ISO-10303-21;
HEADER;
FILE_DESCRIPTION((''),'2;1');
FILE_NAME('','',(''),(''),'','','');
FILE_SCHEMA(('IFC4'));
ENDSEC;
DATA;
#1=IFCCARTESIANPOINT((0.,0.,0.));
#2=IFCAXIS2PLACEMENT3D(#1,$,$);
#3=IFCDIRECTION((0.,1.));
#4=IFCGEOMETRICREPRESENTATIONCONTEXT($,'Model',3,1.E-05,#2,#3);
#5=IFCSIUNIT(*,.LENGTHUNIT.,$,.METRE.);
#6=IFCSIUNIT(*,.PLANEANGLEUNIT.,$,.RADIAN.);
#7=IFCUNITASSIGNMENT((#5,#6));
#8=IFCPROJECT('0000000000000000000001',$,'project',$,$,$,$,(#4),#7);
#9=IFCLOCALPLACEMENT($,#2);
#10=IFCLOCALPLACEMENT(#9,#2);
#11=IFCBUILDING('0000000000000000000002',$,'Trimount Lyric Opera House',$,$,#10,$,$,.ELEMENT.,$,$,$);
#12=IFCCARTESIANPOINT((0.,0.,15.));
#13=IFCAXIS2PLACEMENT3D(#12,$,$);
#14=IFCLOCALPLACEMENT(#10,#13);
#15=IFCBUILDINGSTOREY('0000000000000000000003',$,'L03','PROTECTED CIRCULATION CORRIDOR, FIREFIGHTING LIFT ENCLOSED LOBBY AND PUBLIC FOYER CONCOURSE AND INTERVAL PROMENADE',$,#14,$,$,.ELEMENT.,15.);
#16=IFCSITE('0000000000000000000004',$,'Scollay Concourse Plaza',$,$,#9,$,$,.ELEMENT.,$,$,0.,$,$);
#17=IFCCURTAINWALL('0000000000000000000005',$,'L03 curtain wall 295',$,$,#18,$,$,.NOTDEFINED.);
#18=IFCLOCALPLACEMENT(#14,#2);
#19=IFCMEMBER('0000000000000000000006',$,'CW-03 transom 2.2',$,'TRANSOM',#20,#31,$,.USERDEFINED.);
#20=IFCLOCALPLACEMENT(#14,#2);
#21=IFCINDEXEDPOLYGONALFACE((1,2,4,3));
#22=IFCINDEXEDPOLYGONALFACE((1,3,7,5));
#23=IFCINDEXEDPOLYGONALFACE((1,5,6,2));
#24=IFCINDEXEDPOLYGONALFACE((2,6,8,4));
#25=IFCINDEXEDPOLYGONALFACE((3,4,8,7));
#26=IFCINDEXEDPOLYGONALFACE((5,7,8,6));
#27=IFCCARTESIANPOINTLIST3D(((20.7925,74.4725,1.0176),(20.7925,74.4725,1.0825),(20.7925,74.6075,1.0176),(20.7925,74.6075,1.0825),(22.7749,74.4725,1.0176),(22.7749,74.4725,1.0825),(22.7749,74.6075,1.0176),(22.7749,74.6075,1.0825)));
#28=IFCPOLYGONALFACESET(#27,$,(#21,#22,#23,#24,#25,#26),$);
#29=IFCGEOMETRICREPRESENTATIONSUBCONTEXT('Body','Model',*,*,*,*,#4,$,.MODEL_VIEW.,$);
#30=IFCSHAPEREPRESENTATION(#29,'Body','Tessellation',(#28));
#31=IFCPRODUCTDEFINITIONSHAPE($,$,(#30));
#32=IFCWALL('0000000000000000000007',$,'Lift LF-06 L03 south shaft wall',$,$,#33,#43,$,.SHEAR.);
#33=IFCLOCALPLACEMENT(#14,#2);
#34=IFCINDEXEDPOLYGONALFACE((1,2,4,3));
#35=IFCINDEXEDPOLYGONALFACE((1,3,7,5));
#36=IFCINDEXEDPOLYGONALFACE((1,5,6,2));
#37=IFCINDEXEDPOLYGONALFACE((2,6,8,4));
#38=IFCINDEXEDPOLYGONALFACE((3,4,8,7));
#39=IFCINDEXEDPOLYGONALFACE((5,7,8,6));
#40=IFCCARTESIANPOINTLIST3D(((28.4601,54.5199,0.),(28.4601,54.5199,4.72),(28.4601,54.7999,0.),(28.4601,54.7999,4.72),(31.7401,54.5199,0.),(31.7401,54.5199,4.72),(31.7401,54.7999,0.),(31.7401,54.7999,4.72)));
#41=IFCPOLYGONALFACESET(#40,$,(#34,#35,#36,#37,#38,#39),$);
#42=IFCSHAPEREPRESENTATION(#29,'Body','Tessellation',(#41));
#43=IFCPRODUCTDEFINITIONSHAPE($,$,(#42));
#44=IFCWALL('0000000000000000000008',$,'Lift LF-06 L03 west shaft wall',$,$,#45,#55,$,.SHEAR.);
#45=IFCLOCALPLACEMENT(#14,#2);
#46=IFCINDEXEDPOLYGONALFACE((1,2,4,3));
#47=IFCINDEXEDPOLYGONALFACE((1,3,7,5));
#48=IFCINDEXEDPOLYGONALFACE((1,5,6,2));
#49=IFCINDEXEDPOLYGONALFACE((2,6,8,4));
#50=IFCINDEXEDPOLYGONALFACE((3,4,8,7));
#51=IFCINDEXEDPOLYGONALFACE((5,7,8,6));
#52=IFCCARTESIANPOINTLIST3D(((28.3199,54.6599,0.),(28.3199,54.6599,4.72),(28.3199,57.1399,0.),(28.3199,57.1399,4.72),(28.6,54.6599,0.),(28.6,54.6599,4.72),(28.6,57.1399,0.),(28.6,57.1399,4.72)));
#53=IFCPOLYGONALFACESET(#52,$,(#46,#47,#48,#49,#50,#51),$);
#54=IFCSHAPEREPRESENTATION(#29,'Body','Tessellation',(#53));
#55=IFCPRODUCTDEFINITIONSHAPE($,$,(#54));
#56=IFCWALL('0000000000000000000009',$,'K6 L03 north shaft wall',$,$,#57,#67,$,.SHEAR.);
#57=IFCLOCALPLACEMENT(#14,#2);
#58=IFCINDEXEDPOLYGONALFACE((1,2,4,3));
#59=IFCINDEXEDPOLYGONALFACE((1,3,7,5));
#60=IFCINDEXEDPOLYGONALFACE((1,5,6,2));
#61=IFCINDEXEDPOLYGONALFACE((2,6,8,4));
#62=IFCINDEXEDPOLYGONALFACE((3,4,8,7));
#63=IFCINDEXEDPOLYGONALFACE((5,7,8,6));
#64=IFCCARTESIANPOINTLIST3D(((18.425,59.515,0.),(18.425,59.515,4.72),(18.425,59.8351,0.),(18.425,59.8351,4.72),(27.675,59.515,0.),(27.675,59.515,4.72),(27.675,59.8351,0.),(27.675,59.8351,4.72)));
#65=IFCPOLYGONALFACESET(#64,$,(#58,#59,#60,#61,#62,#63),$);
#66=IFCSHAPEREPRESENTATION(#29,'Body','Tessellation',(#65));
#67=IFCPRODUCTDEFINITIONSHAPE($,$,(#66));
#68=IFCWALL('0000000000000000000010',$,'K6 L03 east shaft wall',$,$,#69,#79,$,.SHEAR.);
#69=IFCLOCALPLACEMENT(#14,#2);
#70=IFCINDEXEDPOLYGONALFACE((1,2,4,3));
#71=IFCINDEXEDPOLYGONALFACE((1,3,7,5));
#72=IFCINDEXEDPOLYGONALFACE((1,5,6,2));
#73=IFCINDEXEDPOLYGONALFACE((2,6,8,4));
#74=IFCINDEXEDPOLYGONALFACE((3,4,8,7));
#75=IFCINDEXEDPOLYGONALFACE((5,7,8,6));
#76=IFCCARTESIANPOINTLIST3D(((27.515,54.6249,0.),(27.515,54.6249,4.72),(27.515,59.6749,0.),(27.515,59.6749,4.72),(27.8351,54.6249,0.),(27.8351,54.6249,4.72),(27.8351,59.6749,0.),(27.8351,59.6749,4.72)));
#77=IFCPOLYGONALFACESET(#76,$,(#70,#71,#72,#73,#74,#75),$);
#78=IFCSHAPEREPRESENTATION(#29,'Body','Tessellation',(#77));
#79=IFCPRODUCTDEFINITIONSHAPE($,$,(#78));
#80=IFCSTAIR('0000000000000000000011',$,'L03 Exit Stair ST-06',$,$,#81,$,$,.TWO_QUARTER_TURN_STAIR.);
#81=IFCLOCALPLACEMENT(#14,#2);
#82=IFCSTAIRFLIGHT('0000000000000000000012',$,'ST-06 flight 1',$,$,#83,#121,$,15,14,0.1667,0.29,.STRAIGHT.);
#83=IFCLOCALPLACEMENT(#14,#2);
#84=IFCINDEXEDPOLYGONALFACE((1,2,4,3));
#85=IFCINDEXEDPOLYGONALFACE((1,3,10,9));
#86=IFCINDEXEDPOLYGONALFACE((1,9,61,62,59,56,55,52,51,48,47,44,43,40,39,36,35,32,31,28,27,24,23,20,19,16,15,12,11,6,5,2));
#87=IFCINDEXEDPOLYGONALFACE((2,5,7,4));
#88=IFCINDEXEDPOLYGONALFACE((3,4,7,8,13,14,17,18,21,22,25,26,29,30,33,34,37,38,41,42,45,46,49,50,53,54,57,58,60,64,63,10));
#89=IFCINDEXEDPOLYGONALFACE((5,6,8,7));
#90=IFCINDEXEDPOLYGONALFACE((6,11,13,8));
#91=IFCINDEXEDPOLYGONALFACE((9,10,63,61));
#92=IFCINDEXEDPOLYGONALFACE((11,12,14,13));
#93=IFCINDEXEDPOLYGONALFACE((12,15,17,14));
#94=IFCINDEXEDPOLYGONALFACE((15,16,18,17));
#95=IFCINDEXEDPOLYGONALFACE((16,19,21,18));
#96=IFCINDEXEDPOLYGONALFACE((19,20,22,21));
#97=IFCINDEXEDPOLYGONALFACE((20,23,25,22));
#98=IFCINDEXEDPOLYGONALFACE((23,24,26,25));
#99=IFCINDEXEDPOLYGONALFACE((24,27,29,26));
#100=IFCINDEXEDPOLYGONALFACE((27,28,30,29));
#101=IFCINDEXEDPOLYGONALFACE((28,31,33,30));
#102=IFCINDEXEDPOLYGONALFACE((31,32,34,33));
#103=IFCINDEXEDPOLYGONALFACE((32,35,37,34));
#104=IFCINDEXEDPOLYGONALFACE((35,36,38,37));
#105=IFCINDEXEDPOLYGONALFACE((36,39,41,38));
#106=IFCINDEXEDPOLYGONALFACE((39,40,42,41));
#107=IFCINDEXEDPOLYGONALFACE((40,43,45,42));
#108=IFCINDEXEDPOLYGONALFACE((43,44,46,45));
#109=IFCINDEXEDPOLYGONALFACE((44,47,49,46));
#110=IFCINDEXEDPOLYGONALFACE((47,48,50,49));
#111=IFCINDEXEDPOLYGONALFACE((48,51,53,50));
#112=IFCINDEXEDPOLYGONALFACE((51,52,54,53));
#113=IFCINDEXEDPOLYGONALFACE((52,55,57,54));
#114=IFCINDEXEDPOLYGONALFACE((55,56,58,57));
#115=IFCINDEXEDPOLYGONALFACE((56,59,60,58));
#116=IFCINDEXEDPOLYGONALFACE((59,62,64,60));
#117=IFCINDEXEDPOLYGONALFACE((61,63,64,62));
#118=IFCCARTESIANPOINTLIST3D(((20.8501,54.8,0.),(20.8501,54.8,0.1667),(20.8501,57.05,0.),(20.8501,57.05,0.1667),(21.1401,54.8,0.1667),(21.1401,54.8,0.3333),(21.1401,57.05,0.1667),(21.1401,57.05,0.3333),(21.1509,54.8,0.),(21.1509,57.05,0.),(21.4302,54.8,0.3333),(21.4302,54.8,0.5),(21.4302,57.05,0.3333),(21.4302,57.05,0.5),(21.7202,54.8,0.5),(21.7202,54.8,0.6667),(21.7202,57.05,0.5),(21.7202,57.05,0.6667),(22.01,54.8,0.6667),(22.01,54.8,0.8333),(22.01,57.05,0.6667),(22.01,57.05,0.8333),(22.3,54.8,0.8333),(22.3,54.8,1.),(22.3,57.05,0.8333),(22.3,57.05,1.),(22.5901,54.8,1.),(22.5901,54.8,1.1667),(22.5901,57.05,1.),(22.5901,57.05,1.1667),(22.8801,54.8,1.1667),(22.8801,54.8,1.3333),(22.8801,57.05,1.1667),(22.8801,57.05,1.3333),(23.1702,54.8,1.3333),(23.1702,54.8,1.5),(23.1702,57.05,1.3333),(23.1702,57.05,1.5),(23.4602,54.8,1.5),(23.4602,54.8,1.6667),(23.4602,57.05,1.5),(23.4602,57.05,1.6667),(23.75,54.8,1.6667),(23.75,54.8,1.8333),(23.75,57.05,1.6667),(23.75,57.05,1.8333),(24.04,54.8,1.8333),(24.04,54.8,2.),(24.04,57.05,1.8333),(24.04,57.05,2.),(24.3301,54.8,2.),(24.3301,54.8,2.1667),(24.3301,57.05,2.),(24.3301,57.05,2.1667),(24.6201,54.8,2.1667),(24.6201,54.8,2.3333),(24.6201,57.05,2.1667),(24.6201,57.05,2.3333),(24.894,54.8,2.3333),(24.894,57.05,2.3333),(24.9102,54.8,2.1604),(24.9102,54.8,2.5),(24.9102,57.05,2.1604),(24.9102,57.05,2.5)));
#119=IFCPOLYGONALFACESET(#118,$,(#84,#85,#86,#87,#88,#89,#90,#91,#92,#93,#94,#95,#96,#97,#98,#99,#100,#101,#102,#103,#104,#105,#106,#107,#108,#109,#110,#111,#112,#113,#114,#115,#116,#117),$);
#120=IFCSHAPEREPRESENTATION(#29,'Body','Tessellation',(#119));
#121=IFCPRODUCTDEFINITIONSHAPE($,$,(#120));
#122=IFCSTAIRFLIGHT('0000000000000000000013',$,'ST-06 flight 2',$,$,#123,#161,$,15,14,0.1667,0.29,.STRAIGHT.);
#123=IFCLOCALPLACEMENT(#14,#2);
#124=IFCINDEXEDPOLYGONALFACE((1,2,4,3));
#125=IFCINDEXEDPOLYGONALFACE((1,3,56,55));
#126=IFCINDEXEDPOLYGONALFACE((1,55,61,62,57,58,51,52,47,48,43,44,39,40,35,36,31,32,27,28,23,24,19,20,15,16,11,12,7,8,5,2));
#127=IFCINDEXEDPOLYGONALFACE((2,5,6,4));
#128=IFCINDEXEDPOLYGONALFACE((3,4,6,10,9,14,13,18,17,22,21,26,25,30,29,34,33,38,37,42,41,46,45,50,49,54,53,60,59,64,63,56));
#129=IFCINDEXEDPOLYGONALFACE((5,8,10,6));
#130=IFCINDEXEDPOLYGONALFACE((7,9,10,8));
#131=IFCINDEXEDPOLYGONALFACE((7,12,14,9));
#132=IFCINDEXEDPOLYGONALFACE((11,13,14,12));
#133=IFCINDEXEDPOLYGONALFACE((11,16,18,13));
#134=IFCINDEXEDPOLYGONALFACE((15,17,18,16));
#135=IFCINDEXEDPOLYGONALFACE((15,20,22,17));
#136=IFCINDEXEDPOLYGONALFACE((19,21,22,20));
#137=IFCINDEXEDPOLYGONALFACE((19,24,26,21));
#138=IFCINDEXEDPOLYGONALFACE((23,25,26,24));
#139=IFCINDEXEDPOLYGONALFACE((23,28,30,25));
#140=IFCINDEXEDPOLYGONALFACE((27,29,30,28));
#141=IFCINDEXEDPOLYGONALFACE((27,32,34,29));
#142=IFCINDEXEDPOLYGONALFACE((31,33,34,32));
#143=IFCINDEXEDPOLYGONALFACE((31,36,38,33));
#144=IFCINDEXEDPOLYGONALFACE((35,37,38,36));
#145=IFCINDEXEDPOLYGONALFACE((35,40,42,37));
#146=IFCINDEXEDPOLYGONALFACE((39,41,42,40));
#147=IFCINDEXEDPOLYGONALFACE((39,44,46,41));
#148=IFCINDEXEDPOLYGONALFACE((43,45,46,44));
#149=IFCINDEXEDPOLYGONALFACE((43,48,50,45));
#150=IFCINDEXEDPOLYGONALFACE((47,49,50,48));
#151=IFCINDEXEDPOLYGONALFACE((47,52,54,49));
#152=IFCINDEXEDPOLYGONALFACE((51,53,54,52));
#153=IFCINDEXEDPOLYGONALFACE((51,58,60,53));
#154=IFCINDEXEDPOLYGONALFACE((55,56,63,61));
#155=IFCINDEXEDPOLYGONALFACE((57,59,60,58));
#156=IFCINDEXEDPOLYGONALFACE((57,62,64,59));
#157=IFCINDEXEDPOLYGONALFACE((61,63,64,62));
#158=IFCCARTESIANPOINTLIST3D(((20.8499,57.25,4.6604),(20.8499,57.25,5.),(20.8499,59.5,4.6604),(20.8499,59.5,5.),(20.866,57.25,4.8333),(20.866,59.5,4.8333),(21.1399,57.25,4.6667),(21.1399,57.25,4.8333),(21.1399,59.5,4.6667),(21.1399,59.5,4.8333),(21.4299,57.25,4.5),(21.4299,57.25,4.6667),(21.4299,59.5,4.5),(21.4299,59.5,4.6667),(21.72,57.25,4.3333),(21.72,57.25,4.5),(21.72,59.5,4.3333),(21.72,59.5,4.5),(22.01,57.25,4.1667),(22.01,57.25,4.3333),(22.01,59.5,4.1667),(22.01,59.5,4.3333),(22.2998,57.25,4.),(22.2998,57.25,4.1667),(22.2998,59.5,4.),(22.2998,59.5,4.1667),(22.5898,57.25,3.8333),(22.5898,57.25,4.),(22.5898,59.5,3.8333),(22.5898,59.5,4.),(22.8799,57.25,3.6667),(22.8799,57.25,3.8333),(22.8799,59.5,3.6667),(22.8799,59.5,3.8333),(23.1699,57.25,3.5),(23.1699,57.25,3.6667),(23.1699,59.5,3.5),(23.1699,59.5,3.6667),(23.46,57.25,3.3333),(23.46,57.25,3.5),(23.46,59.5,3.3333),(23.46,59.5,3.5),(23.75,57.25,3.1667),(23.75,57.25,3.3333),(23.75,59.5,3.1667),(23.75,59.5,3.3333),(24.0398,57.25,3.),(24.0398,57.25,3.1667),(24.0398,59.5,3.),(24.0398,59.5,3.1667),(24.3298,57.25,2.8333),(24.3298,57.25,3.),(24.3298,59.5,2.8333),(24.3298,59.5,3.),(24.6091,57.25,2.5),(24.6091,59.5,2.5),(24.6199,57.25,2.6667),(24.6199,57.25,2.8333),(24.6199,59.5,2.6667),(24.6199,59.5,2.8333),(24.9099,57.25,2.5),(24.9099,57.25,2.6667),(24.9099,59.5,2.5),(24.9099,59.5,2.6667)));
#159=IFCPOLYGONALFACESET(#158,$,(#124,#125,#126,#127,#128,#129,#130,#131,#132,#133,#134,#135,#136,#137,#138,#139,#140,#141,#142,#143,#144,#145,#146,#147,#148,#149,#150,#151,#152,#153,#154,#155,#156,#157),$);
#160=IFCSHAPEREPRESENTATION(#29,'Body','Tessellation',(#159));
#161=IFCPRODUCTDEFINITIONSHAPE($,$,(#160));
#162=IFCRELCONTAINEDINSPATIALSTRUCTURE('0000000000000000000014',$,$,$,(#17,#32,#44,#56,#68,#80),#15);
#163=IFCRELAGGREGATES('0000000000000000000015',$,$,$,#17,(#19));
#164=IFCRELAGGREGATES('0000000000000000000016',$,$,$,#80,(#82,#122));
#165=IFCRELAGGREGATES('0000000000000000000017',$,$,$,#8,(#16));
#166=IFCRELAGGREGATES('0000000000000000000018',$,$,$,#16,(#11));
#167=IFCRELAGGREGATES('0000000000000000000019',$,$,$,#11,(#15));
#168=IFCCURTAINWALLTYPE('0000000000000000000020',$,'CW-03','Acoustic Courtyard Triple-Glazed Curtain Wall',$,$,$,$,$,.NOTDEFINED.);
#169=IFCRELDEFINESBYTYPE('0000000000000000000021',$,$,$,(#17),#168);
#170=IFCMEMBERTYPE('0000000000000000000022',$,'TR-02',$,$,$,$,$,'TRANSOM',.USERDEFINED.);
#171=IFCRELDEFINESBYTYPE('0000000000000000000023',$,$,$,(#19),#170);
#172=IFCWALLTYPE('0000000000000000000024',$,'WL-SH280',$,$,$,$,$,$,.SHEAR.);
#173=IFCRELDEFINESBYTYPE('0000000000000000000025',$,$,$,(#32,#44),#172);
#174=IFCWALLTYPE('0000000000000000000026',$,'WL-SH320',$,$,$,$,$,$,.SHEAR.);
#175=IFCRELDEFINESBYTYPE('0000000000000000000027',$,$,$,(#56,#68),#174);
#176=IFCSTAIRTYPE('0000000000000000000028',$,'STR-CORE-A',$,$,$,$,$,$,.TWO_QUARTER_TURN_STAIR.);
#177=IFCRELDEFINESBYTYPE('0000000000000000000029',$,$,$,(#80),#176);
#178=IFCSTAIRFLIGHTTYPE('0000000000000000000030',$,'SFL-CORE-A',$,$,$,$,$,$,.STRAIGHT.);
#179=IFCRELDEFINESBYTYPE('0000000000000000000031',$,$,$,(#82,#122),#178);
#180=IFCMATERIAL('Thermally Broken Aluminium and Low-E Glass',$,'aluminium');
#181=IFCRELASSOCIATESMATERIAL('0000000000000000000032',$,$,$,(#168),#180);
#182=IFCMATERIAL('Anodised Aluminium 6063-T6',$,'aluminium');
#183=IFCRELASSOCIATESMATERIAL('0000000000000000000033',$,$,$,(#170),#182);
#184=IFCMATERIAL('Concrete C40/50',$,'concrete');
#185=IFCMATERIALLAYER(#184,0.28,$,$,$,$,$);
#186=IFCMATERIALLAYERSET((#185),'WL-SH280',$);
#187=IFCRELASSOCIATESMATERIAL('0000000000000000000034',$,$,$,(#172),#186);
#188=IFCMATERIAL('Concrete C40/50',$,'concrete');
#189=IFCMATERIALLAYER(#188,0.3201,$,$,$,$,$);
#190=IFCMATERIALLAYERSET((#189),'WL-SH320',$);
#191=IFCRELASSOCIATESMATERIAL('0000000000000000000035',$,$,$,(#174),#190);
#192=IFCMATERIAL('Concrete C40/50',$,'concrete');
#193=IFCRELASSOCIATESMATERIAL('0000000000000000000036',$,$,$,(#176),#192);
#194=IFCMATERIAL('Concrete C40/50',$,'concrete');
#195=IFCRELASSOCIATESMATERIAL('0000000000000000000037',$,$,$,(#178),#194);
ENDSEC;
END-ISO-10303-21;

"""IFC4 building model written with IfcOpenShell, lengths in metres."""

from ifc_helpers import new_model, si_unit, direction, frame, frame_2d, origin, origin_2d, place, context, subcontext, project, spatial, polyline, rectangle, outline, extrude, material, layer, layer_set, material_profile, profile_set, type_object, element, aggregate, save


model = new_model("IFC4")

# Units and contexts
model_context = context("Model", 3, precision=1e-05, world=origin(), true_north=direction((0.0, 1.0)))
body_context = subcontext(model_context, "Body", "Model", "MODEL_VIEW")
ifc_project = project(units=[si_unit("LENGTHUNIT", "METRE"), si_unit("PLANEANGLEUNIT", "RADIAN")], contexts=[model_context])

# Site, building, storey
site_placement = place(None, origin())
site = spatial("IfcSite", under=ifc_project, at=site_placement, Name="Scollay Concourse Plaza", CompositionType="ELEMENT", RefElevation=0.0)
building_placement = place(site_placement, origin())
building = spatial("IfcBuilding", under=site, at=building_placement, Name="Trimount Lyric Opera House", CompositionType="ELEMENT")
storey_placement = place(building_placement, frame((0.0, 0.0, 15.0)))
storey = spatial("IfcBuildingStorey", under=building, at=storey_placement, Name="L03", Description="PROTECTED CIRCULATION CORRIDOR, FIREFIGHTING LIFT ENCLOSED LOBBY AND PUBLIC FOYER CONCOURSE AND INTERVAL PROMENADE", CompositionType="ELEMENT", Elevation=15.0)

# Curtain wall
ifc_material_1 = material(Name="Thermally Broken Aluminium and Low-E Glass", Category="aluminium")
curtain_wall_type = type_object("IfcCurtainWallType", Name="CW-03", Description="Acoustic Courtyard Triple-Glazed Curtain Wall", PredefinedType="NOTDEFINED", material=ifc_material_1)
curtain_wall_placement = place(storey_placement, origin())
curtain_wall = element("IfcCurtainWall", 1, at=curtain_wall_placement, inside=storey, type_object=curtain_wall_type, Name="L03 curtain wall 295", PredefinedType="NOTDEFINED")

# Member
ifc_material_2 = material(Name="Anodised Aluminium 6063-T6", Category="aluminium")
ifc_material_profile_1 = material_profile(ifc_material_2, rectangle(XDim=0.135, YDim=0.0649, at=origin_2d()), Name="ALU-TRAN-65X135")
ifc_profile_set_1 = profile_set([ifc_material_profile_1], Name="Anodised Aluminium 6063-T6")
member_type_1 = type_object("IfcMemberType", Name="TR-02", ElementType="TRANSOM", PredefinedType="USERDEFINED", material=ifc_profile_set_1)
member_1_placement = place(storey_placement, frame((20.7925, 74.54, 1.05), z_axis=(1.0, 0.0, 0.0), x_axis=(0.0, 1.0, 0.0)))
member_1 = element("IfcMember", 2, at=member_1_placement, type_object=member_type_1, Name="CW-03 transom 2.2", ObjectType="TRANSOM", PredefinedType="USERDEFINED", context=body_context, shape_type="SweptSolid", body=[
    extrude(rectangle(XDim=0.135, YDim=0.0649, at=origin_2d()), origin(), (0.0, 0.0, 1.0), 1.9824),
])
aggregate(curtain_wall, [member_1])

# Walls
ifc_material_3 = material(Name="Concrete C40/50", Category="concrete")
ifc_layer_1 = layer(ifc_material_3, 0.28)
ifc_layer_set_1 = layer_set([ifc_layer_1], Name="WL-SH280")
wall_type_1 = type_object("IfcWallType", Name="WL-SH280", PredefinedType="SHEAR", material=ifc_layer_set_1)
wall_1_placement = place(storey_placement, frame((28.46, 54.6599, 0.0), z_axis=(0.0, 0.0, 1.0), x_axis=(1.0, 0.0, 0.0)))
element("IfcWall", 3, at=wall_1_placement, inside=storey, type_object=wall_type_1, Name="Lift LF-06 L03 south shaft wall", PredefinedType="SHEAR", context=body_context, shape_type="SweptSolid", body=[
    extrude(rectangle(XDim=3.28, YDim=0.28, at=frame_2d((1.6401, 0.0))), origin(), (0.0, 0.0, 1.0), 4.72),
])
wall_2_placement = place(storey_placement, frame((28.46, 57.1399, 0.0), z_axis=(0.0, 0.0, 1.0), x_axis=(0.0, -1.0, 0.0)))
element("IfcWall", 4, at=wall_2_placement, inside=storey, type_object=wall_type_1, Name="Lift LF-06 L03 west shaft wall", PredefinedType="SHEAR", context=body_context, shape_type="SweptSolid", body=[
    extrude(rectangle(XDim=2.48, YDim=0.28, at=frame_2d((1.24, 0.0))), origin(), (0.0, 0.0, 1.0), 4.72),
])
ifc_material_4 = material(Name="Concrete C40/50", Category="concrete")
ifc_layer_2 = layer(ifc_material_4, 0.3201)
ifc_layer_set_2 = layer_set([ifc_layer_2], Name="WL-SH320")
wall_type_2 = type_object("IfcWallType", Name="WL-SH320", PredefinedType="SHEAR", material=ifc_layer_set_2)
wall_3_placement = place(storey_placement, frame((27.675, 59.675, 0.0), z_axis=(0.0, 0.0, 1.0), x_axis=(-1.0, 0.0, 0.0)))
element("IfcWall", 5, at=wall_3_placement, inside=storey, type_object=wall_type_2, Name="K6 L03 north shaft wall", PredefinedType="SHEAR", context=body_context, shape_type="SweptSolid", body=[
    extrude(rectangle(XDim=9.25, YDim=0.3201, at=frame_2d((4.625, 0.0))), origin(), (0.0, 0.0, 1.0), 4.72),
])
wall_4_placement = place(storey_placement, frame((27.675, 54.625, 0.0), z_axis=(0.0, 0.0, 1.0), x_axis=(0.0, 1.0, 0.0)))
element("IfcWall", 6, at=wall_4_placement, inside=storey, type_object=wall_type_2, Name="K6 L03 east shaft wall", PredefinedType="SHEAR", context=body_context, shape_type="SweptSolid", body=[
    extrude(rectangle(XDim=5.05, YDim=0.3201, at=frame_2d((2.5249, 0.0))), origin(), (0.0, 0.0, 1.0), 4.72),
])

# Stair, stair flights
ifc_material_5 = material(Name="Concrete C40/50", Category="concrete")
stair_type = type_object("IfcStairType", Name="STR-CORE-A", PredefinedType="TWO_QUARTER_TURN_STAIR", material=ifc_material_5)
stair_placement = place(storey_placement, origin())
stair = element("IfcStair", 7, at=stair_placement, inside=storey, type_object=stair_type, Name="L03 Exit Stair ST-06", PredefinedType="TWO_QUARTER_TURN_STAIR")
ifc_material_6 = material(Name="Concrete C40/50", Category="concrete")
stair_flight_type = type_object("IfcStairFlightType", Name="SFL-CORE-A", PredefinedType="STRAIGHT", material=ifc_material_6)
stair_flight_1_placement = place(storey_placement, frame((20.8501, 55.925, 0.0), z_axis=(0.0, 0.0, 1.0), x_axis=(1.0, 0.0, 0.0)))
stair_flight_1 = element("IfcStairFlight", 8, at=stair_flight_1_placement, type_object=stair_flight_type, Name="ST-06 flight 1", NumberOfRisers=15, NumberOfTreads=14, PredefinedType="STRAIGHT", RiserHeight=0.1667, TreadLength=0.29, context=body_context, shape_type="SweptSolid", body=[
    extrude(outline(polyline([(0.0, 0.0), (0.0, 0.1667), (0.29, 0.1667), (0.29, 0.3333), (0.5801, 0.3333), (0.5801, 0.5), (0.8701, 0.5), (0.8701, 0.6667), (1.1599, 0.6667), (1.1599, 0.8333), (1.45, 0.8333), (1.45, 1.0), (1.74, 1.0), (1.74, 1.1667), (2.03, 1.1667), (2.03, 1.3333), (2.3201, 1.3333), (2.3201, 1.5), (2.6101, 1.5), (2.6101, 1.6667), (2.8999, 1.6667), (2.8999, 1.8333), (3.1899, 1.8333), (3.1899, 2.0), (3.48, 2.0), (3.48, 2.1667), (3.77, 2.1667), (3.77, 2.3333), (4.0439, 2.3333), (4.0601, 2.5), (4.0601, 2.1604), (0.3008, 0.0), (0.0, 0.0)])), frame((0.0, 1.125, 0.0), z_axis=(0.0, -1.0, 0.0), x_axis=(1.0, 0.0, 0.0)), (0.0, 0.0, 1.0), 2.25),
])
stair_flight_2_placement = place(storey_placement, frame((24.9099, 58.375, 2.5), z_axis=(0.0, 0.0, 1.0), x_axis=(-1.0, 0.0, 0.0)))
stair_flight_2 = element("IfcStairFlight", 9, at=stair_flight_2_placement, type_object=stair_flight_type, Name="ST-06 flight 2", NumberOfRisers=15, NumberOfTreads=14, PredefinedType="STRAIGHT", RiserHeight=0.1667, TreadLength=0.29, context=body_context, shape_type="SweptSolid", body=[
    extrude(outline(polyline([(0.0, 0.0), (0.0, 0.1667), (0.29, 0.1667), (0.29, 0.3333), (0.5801, 0.3333), (0.5801, 0.5), (0.8701, 0.5), (0.8701, 0.6667), (1.1599, 0.6667), (1.1599, 0.8333), (1.45, 0.8333), (1.45, 1.0), (1.74, 1.0), (1.74, 1.1667), (2.03, 1.1667), (2.03, 1.3333), (2.3201, 1.3333), (2.3201, 1.5), (2.6101, 1.5), (2.6101, 1.6667), (2.8999, 1.6667), (2.8999, 1.8333), (3.1899, 1.8333), (3.1899, 2.0), (3.48, 2.0), (3.48, 2.1667), (3.77, 2.1667), (3.77, 2.3333), (4.0439, 2.3333), (4.0601, 2.5), (4.0601, 2.1604), (0.3008, 0.0), (0.0, 0.0)])), frame((0.0, 1.125, 0.0), z_axis=(0.0, -1.0, 0.0), x_axis=(1.0, 0.0, 0.0)), (0.0, 0.0, 1.0), 2.25),
])
aggregate(stair, [stair_flight_1, stair_flight_2])

save(model, "model.ifc")
